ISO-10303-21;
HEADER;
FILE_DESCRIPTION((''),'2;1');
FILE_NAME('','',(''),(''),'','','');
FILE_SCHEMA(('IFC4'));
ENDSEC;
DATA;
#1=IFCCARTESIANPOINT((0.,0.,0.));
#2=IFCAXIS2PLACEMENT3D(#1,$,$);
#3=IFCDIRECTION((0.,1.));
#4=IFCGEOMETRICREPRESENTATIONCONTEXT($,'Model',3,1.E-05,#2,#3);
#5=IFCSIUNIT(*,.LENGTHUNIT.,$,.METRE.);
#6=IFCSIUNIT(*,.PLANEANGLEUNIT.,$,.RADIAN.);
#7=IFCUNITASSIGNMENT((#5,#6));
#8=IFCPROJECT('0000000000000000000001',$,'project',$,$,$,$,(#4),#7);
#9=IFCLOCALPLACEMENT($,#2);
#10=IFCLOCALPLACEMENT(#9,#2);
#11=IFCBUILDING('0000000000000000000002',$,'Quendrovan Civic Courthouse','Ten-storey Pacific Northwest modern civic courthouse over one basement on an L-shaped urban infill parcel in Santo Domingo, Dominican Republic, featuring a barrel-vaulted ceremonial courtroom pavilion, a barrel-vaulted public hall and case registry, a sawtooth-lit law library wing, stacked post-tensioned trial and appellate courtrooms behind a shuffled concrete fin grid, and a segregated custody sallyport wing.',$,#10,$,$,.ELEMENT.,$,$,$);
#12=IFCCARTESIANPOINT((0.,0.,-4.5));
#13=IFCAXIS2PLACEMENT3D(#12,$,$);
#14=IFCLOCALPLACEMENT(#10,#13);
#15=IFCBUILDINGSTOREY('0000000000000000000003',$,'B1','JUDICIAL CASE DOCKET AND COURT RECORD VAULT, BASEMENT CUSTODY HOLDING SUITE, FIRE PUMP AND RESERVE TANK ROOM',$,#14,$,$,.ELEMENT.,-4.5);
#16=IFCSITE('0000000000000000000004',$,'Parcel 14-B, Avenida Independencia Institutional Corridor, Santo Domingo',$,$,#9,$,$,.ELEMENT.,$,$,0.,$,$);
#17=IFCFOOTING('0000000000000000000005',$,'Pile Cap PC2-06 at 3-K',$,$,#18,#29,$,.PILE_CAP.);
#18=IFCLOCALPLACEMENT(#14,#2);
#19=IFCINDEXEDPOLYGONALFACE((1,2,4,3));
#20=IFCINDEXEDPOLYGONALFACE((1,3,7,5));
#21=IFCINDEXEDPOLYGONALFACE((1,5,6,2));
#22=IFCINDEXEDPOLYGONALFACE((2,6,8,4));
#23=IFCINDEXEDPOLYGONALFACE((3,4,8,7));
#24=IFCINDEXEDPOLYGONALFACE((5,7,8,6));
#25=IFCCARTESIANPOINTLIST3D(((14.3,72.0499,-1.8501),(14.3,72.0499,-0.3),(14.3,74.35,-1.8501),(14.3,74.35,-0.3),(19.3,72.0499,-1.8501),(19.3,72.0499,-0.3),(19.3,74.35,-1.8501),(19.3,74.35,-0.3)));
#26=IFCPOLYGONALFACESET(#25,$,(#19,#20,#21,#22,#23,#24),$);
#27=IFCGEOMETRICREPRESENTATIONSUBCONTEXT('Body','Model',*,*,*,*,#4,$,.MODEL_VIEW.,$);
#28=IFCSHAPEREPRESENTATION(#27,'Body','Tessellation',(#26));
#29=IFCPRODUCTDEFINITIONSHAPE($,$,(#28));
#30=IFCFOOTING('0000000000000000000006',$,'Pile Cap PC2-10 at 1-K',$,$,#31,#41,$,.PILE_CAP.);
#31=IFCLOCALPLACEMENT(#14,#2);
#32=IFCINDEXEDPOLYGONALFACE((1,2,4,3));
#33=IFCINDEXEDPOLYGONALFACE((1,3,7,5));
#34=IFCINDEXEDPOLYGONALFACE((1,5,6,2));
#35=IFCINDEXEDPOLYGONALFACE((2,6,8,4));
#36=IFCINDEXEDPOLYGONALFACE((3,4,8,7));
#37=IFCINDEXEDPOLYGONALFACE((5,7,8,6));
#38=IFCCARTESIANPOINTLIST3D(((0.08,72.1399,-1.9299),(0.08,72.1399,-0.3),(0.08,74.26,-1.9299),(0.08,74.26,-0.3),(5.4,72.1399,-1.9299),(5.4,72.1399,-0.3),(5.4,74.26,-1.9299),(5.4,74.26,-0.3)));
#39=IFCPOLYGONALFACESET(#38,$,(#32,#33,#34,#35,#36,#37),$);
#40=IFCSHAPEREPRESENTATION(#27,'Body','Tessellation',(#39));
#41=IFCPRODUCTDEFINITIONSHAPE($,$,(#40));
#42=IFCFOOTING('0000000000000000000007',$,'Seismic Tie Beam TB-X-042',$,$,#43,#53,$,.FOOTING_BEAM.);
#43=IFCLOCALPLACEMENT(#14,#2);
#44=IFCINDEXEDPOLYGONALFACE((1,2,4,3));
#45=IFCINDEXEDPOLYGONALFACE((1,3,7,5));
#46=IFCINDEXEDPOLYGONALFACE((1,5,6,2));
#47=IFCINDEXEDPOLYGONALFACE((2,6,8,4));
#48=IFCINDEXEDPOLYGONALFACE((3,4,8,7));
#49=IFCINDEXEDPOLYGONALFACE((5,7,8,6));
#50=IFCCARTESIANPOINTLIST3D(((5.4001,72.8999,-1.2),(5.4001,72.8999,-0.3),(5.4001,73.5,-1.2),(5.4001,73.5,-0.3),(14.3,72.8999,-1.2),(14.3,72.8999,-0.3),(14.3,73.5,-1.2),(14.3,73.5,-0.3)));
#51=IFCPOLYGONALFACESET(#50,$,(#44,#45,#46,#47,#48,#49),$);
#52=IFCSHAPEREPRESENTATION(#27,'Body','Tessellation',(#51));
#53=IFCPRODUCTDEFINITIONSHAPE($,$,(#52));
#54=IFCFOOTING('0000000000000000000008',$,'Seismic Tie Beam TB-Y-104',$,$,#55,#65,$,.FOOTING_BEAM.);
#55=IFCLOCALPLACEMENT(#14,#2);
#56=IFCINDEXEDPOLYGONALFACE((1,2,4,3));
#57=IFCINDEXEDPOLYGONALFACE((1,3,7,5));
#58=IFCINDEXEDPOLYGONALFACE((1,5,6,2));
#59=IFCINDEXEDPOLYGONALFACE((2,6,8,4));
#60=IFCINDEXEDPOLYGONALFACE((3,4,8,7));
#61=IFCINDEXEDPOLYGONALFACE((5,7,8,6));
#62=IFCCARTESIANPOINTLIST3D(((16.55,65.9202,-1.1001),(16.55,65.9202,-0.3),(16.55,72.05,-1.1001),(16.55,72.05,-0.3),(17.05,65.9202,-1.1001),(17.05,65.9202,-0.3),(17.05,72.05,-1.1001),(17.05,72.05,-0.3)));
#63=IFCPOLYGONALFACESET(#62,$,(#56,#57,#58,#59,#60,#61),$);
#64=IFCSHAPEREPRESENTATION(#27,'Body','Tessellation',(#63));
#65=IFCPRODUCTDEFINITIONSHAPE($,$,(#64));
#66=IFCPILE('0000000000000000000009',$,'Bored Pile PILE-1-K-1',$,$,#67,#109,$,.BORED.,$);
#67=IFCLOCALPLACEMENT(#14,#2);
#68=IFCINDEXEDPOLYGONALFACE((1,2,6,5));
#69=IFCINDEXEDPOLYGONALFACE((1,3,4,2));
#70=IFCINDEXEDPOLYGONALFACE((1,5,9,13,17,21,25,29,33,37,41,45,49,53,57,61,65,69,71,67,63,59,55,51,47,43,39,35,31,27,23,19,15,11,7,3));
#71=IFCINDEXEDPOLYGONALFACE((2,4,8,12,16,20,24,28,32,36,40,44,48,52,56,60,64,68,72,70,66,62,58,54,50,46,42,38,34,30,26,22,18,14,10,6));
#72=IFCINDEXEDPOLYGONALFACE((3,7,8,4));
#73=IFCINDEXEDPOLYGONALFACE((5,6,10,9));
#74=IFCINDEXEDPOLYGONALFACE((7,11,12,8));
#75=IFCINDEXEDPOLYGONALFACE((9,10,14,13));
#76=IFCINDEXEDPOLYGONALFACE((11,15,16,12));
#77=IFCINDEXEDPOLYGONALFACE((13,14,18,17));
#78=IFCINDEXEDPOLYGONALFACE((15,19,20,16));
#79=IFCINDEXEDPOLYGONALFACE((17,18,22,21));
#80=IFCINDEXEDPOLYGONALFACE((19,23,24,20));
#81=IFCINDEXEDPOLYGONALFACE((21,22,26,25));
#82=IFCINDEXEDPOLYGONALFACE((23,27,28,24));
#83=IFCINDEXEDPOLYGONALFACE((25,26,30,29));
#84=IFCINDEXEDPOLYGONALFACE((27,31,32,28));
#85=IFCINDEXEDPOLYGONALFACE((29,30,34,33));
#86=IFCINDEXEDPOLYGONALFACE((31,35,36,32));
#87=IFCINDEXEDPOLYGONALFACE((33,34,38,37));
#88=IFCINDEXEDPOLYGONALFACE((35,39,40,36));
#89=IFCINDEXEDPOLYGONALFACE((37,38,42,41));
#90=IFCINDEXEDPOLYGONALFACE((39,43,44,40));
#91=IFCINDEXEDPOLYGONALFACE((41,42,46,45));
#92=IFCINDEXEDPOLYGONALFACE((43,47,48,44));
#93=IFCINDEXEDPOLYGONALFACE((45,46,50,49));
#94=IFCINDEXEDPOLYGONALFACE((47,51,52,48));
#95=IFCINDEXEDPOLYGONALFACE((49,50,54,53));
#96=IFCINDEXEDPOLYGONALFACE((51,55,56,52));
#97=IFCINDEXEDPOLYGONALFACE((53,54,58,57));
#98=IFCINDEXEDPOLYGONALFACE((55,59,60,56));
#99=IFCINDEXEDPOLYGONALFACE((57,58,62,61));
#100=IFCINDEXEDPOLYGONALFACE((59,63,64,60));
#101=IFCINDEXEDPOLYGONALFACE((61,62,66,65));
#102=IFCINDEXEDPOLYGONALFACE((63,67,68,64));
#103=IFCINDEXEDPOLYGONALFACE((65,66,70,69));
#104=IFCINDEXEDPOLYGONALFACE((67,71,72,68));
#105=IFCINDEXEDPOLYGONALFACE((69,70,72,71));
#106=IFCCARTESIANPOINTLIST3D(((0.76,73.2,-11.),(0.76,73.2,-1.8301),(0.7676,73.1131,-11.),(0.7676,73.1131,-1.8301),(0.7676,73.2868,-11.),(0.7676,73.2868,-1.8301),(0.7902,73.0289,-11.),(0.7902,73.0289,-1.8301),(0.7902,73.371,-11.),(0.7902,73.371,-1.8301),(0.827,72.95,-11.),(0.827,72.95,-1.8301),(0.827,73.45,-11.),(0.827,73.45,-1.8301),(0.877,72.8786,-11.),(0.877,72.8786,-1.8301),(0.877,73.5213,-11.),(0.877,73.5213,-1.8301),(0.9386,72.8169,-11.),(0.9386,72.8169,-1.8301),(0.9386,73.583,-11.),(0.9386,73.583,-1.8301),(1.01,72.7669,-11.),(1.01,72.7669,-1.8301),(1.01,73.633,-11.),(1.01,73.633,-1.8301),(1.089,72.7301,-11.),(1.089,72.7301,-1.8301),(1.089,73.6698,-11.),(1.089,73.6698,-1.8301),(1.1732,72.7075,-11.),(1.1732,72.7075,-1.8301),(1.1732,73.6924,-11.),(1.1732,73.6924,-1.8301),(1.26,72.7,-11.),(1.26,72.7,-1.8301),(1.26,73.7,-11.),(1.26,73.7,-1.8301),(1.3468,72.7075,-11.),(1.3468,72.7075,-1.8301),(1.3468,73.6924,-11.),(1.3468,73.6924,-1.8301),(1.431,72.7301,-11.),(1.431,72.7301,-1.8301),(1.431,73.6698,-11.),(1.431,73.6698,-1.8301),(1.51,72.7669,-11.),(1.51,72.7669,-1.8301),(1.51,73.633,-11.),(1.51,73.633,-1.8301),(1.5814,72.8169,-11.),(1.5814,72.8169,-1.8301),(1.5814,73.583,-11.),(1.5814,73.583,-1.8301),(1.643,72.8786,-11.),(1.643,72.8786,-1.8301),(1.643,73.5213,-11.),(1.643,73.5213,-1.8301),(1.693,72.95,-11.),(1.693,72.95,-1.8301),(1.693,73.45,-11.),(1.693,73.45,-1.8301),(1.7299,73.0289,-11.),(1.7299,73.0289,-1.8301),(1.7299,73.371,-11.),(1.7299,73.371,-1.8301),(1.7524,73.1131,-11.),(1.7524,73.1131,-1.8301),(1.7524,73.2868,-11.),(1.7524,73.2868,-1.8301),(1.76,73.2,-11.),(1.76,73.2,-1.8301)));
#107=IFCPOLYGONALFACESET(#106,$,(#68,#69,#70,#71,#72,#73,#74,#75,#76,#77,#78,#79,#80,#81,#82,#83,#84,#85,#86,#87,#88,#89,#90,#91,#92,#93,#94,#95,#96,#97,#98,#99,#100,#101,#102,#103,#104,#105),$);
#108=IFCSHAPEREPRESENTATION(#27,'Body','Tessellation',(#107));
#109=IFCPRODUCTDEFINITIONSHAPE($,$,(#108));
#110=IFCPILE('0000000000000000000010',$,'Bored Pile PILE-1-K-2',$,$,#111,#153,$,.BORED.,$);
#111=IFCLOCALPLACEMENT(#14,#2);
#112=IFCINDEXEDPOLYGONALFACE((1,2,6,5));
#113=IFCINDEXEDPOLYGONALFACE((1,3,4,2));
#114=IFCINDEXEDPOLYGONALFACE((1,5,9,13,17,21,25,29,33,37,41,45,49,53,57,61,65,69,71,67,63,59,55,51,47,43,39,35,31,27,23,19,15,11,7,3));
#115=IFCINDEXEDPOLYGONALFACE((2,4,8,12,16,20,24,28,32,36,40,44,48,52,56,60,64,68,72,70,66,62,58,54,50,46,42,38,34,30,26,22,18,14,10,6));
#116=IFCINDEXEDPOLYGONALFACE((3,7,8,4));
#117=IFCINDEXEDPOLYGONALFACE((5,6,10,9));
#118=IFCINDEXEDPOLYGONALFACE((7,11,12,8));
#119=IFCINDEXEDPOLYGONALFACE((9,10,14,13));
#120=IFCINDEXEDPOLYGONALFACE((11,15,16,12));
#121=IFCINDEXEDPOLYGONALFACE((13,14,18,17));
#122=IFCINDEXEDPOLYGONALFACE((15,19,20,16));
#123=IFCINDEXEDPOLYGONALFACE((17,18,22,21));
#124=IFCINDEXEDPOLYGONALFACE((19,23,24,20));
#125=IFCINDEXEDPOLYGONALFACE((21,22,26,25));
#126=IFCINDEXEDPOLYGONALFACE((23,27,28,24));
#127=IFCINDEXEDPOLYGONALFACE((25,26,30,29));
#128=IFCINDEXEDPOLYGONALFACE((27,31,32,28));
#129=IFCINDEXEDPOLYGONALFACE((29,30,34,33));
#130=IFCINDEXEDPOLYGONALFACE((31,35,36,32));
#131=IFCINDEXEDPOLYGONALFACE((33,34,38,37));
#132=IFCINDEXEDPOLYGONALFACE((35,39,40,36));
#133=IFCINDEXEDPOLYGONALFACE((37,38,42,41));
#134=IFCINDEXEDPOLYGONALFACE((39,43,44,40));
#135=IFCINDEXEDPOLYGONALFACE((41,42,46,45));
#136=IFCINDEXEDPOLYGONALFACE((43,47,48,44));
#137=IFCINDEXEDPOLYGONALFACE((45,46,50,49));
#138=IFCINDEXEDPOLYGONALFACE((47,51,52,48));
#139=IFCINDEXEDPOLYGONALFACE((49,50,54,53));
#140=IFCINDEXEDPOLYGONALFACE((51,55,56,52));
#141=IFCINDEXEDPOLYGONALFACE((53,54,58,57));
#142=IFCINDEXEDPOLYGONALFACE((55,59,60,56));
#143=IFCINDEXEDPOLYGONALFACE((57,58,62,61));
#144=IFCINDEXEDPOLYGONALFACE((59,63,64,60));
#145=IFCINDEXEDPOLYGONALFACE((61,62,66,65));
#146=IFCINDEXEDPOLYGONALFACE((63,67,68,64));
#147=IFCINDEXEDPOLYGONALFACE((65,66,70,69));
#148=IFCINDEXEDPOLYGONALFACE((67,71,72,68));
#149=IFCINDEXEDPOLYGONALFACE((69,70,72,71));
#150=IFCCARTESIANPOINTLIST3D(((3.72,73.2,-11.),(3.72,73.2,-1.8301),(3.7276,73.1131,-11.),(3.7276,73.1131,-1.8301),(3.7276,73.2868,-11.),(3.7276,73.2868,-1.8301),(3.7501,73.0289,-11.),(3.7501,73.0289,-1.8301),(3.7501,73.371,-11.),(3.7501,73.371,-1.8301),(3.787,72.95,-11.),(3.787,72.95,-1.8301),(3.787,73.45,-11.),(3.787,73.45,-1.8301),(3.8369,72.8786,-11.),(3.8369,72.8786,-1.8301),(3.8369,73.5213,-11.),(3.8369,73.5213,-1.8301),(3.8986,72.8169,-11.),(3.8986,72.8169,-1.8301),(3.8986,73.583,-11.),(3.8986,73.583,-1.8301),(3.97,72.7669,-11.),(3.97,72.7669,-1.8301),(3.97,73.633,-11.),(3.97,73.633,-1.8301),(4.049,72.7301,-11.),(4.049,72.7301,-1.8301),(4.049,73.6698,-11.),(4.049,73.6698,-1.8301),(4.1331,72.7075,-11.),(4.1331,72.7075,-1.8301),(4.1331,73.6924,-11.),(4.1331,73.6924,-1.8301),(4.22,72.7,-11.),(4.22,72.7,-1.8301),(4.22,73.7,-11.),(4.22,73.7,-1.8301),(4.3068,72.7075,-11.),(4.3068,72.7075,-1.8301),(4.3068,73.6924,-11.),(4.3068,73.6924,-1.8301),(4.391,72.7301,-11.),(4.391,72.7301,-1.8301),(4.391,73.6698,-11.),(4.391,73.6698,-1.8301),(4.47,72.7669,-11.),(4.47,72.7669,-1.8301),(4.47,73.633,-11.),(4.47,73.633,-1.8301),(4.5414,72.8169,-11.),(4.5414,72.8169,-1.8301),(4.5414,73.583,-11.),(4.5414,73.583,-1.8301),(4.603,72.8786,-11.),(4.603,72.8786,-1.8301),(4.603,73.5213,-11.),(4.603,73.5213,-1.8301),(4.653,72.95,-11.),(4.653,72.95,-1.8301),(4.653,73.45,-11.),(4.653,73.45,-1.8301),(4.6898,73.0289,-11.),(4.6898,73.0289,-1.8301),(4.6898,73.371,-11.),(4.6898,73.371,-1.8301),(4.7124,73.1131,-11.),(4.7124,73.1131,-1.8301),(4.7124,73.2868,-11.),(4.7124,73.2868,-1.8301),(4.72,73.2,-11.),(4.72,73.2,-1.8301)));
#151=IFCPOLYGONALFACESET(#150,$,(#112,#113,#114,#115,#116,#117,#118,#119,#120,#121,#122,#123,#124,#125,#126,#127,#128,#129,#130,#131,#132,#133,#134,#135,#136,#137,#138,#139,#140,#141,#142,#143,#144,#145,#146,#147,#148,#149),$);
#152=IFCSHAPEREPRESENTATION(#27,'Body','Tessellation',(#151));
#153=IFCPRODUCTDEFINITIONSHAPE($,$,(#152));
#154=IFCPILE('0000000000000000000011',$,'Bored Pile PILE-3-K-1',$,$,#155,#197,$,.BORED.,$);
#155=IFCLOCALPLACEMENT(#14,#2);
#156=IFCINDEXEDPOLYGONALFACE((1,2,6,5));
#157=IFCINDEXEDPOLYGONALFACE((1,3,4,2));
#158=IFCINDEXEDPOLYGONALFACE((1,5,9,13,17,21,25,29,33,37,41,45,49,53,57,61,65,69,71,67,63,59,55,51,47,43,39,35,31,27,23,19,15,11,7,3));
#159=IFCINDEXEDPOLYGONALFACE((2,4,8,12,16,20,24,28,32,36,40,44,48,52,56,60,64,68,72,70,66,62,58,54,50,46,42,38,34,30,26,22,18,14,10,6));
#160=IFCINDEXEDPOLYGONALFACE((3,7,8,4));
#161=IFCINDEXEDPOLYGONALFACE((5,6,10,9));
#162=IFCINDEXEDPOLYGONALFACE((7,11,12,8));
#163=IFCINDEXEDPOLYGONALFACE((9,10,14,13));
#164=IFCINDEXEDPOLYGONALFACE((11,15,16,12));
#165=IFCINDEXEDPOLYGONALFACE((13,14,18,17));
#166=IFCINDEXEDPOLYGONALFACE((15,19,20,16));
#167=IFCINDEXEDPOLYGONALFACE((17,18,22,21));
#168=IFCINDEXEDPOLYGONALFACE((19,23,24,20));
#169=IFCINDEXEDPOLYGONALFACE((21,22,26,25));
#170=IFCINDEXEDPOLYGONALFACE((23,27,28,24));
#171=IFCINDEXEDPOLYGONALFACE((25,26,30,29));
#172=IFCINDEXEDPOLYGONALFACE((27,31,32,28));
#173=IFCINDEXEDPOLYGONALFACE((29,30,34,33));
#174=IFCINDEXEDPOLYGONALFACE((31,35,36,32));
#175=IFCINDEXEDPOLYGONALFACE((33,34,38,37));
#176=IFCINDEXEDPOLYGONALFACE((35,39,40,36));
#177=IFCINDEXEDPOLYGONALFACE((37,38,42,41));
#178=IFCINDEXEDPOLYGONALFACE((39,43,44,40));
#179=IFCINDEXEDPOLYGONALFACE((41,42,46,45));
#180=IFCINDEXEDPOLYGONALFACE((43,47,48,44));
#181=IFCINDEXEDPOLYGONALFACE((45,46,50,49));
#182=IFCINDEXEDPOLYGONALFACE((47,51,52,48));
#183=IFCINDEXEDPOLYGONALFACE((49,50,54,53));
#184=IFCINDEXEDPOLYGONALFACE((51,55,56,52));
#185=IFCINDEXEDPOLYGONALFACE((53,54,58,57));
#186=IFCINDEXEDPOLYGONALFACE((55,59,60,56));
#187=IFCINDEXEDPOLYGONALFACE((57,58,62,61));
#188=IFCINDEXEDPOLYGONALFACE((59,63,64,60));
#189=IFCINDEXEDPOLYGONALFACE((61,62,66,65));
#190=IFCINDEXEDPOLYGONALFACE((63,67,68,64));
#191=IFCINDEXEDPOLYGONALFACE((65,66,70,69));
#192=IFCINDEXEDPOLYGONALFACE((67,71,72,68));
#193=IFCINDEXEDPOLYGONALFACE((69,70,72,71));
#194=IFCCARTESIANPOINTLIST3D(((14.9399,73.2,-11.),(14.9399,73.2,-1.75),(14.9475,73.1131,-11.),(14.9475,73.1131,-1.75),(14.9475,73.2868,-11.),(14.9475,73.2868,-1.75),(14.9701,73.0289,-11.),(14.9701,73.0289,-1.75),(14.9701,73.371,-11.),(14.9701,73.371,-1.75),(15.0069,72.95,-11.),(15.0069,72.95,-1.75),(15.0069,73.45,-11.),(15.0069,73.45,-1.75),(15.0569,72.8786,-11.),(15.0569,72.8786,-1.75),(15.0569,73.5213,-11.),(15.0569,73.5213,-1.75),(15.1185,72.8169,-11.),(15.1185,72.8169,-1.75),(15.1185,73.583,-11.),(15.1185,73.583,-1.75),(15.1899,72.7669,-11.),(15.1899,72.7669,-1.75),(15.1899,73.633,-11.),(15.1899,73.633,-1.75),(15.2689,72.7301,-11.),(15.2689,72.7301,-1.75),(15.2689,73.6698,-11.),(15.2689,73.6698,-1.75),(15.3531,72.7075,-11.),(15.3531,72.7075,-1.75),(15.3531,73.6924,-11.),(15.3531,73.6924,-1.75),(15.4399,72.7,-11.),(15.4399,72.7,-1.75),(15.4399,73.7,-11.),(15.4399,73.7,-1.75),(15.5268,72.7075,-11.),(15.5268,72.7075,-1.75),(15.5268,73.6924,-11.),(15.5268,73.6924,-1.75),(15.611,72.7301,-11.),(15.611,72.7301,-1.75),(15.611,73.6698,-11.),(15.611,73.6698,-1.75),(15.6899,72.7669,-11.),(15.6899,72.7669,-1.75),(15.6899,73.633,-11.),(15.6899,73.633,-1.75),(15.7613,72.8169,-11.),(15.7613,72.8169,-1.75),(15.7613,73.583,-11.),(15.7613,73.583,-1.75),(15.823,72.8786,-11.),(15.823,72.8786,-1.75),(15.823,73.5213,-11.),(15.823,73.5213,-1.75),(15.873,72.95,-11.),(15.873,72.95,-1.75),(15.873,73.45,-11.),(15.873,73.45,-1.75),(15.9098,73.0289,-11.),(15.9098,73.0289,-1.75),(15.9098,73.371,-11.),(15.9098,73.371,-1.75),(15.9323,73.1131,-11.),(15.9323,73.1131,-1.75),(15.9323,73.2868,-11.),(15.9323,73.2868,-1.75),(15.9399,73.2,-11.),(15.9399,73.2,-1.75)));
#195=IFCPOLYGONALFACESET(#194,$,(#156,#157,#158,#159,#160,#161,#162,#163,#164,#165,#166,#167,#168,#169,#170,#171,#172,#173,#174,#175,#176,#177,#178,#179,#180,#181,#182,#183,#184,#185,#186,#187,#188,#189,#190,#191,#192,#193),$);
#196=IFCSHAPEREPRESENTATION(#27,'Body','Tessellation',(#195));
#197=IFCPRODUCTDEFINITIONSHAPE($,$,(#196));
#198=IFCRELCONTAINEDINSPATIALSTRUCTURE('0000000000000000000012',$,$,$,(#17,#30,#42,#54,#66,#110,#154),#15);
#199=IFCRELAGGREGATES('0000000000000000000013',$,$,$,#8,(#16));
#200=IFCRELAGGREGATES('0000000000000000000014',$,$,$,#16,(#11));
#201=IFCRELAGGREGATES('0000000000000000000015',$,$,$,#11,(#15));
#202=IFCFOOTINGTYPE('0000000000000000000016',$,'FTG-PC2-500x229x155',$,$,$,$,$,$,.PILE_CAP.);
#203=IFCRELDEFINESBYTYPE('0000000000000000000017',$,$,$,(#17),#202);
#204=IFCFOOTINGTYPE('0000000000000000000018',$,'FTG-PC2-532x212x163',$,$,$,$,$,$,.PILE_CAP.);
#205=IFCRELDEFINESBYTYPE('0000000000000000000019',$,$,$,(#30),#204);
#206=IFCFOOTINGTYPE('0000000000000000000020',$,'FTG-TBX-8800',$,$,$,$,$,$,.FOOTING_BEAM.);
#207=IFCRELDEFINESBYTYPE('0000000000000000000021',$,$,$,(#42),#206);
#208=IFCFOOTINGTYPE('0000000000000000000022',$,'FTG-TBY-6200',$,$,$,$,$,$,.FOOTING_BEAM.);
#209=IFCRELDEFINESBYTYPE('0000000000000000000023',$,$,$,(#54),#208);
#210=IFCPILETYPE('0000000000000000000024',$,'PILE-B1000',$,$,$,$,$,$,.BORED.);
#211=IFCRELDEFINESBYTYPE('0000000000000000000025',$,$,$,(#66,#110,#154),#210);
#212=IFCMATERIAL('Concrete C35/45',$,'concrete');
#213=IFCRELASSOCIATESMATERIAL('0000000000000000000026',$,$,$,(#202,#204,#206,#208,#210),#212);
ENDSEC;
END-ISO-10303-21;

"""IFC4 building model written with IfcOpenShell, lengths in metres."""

from ifc_helpers import new_model, si_unit, direction, frame, origin, origin_2d, place, context, subcontext, project, spatial, rectangle, circle, extrude, material, material_profile, profile_set, type_object, element, save


model = new_model("IFC4")

# Units and contexts
model_context = context("Model", 3, precision=1e-05, world=origin(), true_north=direction((0.0, 1.0)))
body_context = subcontext(model_context, "Body", "Model", "MODEL_VIEW")
ifc_project = project(units=[si_unit("LENGTHUNIT", "METRE"), si_unit("PLANEANGLEUNIT", "RADIAN")], contexts=[model_context])

# Site, building, storey
site_placement = place(None, origin())
site = spatial("IfcSite", under=ifc_project, at=site_placement, Name="Parcel 14-B, Avenida Independencia Institutional Corridor, Santo Domingo", CompositionType="ELEMENT", RefElevation=0.0)
building_placement = place(site_placement, origin())
building = spatial("IfcBuilding", under=site, at=building_placement, Name="Quendrovan Civic Courthouse", Description="Ten-storey Pacific Northwest modern civic courthouse over one basement on an L-shaped urban infill parcel in Santo Domingo, Dominican Republic, featuring a barrel-vaulted ceremonial courtroom pavilion, a barrel-vaulted public hall and case registry, a sawtooth-lit law library wing, stacked post-tensioned trial and appellate courtrooms behind a shuffled concrete fin grid, and a segregated custody sallyport wing.", CompositionType="ELEMENT")
storey_placement = place(building_placement, frame((0.0, 0.0, -4.5)))
storey = spatial("IfcBuildingStorey", under=building, at=storey_placement, Name="B1", Description="JUDICIAL CASE DOCKET AND COURT RECORD VAULT, BASEMENT CUSTODY HOLDING SUITE, FIRE PUMP AND RESERVE TANK ROOM", CompositionType="ELEMENT", Elevation=-4.5)

# Footings
ifc_material_1 = material(Name="Concrete C35/45", Category="concrete")
footing_type_1 = type_object("IfcFootingType", Name="FTG-PC2-500x229x155", PredefinedType="PILE_CAP", material=ifc_material_1)
footing_1_placement = place(storey_placement, frame((16.8, 73.2, -1.8501), z_axis=(0.0, 0.0, 1.0), x_axis=(1.0, 0.0, 0.0)))
element("IfcFooting", 1, at=footing_1_placement, inside=storey, type_object=footing_type_1, Name="Pile Cap PC2-06 at 3-K", PredefinedType="PILE_CAP", context=body_context, shape_type="SweptSolid", body=[
    extrude(rectangle(XDim=5.0, YDim=2.3, at=origin_2d()), origin(), (0.0, 0.0, 1.0), 1.55),
])
footing_type_2 = type_object("IfcFootingType", Name="FTG-PC2-532x212x163", PredefinedType="PILE_CAP", material=ifc_material_1)
footing_2_placement = place(storey_placement, frame((2.74, 73.2, -1.9299), z_axis=(0.0, 0.0, 1.0), x_axis=(1.0, 0.0, 0.0)))
element("IfcFooting", 2, at=footing_2_placement, inside=storey, type_object=footing_type_2, Name="Pile Cap PC2-10 at 1-K", PredefinedType="PILE_CAP", context=body_context, shape_type="SweptSolid", body=[
    extrude(rectangle(XDim=5.3201, YDim=2.1201, at=origin_2d()), origin(), (0.0, 0.0, 1.0), 1.6299),
])
footing_type_3 = type_object("IfcFootingType", Name="FTG-TBX-8800", PredefinedType="FOOTING_BEAM", material=ifc_material_1)
footing_3_placement = place(storey_placement, frame((9.8501, 73.2, -1.2), z_axis=(0.0, 0.0, 1.0), x_axis=(1.0, 0.0, 0.0)))
element("IfcFooting", 3, at=footing_3_placement, inside=storey, type_object=footing_type_3, Name="Seismic Tie Beam TB-X-042", PredefinedType="FOOTING_BEAM", context=body_context, shape_type="SweptSolid", body=[
    extrude(rectangle(XDim=8.8999, YDim=0.6001, at=origin_2d()), origin(), (0.0, 0.0, 1.0), 0.8999),
])
footing_type_4 = type_object("IfcFootingType", Name="FTG-TBY-6200", PredefinedType="FOOTING_BEAM", material=ifc_material_1)
footing_4_placement = place(storey_placement, frame((16.8, 68.9851, -1.1001), z_axis=(0.0, 0.0, 1.0), x_axis=(1.0, 0.0, 0.0)))
element("IfcFooting", 4, at=footing_4_placement, inside=storey, type_object=footing_type_4, Name="Seismic Tie Beam TB-Y-104", PredefinedType="FOOTING_BEAM", context=body_context, shape_type="SweptSolid", body=[
    extrude(rectangle(XDim=0.5, YDim=6.1299, at=origin_2d()), origin(), (0.0, 0.0, 1.0), 0.8),
])

# Piles
ifc_material_profile_1 = material_profile(ifc_material_1, circle(Radius=0.5, at=origin_2d()), Name="PILE-D1000")
ifc_profile_set_1 = profile_set([ifc_material_profile_1], Name="Concrete C35/45")
pile_type = type_object("IfcPileType", Name="PILE-B1000", PredefinedType="BORED", material=ifc_profile_set_1)
for number, where, z_axis, x_axis, name in (
    (5, (1.26, 73.2, -1.8301), (0.0, 0.0, -1.0), (1.0, 0.0, 0.0), "Bored Pile PILE-1-K-1"),
    (6, (4.22, 73.2, -1.8301), (0.0, 0.0, -1.0), (1.0, 0.0, 0.0), "Bored Pile PILE-1-K-2"),
):
    element("IfcPile", number, at=place(storey_placement, frame(where, z_axis=z_axis, x_axis=x_axis)), inside=storey, type_object=pile_type, Name=name, PredefinedType="BORED", context=body_context, shape_type="SweptSolid", body=[
        extrude(circle(Radius=0.5, at=origin_2d()), origin(), (0.0, 0.0, 1.0), 9.1699),
    ])
pile_placement = place(storey_placement, frame((15.4399, 73.2, -1.75), z_axis=(0.0, 0.0, -1.0), x_axis=(1.0, 0.0, 0.0)))
element("IfcPile", 7, at=pile_placement, inside=storey, type_object=pile_type, Name="Bored Pile PILE-3-K-1", PredefinedType="BORED", context=body_context, shape_type="SweptSolid", body=[
    extrude(circle(Radius=0.5, at=origin_2d()), origin(), (0.0, 0.0, 1.0), 9.25),
])

save(model, "model.ifc")
